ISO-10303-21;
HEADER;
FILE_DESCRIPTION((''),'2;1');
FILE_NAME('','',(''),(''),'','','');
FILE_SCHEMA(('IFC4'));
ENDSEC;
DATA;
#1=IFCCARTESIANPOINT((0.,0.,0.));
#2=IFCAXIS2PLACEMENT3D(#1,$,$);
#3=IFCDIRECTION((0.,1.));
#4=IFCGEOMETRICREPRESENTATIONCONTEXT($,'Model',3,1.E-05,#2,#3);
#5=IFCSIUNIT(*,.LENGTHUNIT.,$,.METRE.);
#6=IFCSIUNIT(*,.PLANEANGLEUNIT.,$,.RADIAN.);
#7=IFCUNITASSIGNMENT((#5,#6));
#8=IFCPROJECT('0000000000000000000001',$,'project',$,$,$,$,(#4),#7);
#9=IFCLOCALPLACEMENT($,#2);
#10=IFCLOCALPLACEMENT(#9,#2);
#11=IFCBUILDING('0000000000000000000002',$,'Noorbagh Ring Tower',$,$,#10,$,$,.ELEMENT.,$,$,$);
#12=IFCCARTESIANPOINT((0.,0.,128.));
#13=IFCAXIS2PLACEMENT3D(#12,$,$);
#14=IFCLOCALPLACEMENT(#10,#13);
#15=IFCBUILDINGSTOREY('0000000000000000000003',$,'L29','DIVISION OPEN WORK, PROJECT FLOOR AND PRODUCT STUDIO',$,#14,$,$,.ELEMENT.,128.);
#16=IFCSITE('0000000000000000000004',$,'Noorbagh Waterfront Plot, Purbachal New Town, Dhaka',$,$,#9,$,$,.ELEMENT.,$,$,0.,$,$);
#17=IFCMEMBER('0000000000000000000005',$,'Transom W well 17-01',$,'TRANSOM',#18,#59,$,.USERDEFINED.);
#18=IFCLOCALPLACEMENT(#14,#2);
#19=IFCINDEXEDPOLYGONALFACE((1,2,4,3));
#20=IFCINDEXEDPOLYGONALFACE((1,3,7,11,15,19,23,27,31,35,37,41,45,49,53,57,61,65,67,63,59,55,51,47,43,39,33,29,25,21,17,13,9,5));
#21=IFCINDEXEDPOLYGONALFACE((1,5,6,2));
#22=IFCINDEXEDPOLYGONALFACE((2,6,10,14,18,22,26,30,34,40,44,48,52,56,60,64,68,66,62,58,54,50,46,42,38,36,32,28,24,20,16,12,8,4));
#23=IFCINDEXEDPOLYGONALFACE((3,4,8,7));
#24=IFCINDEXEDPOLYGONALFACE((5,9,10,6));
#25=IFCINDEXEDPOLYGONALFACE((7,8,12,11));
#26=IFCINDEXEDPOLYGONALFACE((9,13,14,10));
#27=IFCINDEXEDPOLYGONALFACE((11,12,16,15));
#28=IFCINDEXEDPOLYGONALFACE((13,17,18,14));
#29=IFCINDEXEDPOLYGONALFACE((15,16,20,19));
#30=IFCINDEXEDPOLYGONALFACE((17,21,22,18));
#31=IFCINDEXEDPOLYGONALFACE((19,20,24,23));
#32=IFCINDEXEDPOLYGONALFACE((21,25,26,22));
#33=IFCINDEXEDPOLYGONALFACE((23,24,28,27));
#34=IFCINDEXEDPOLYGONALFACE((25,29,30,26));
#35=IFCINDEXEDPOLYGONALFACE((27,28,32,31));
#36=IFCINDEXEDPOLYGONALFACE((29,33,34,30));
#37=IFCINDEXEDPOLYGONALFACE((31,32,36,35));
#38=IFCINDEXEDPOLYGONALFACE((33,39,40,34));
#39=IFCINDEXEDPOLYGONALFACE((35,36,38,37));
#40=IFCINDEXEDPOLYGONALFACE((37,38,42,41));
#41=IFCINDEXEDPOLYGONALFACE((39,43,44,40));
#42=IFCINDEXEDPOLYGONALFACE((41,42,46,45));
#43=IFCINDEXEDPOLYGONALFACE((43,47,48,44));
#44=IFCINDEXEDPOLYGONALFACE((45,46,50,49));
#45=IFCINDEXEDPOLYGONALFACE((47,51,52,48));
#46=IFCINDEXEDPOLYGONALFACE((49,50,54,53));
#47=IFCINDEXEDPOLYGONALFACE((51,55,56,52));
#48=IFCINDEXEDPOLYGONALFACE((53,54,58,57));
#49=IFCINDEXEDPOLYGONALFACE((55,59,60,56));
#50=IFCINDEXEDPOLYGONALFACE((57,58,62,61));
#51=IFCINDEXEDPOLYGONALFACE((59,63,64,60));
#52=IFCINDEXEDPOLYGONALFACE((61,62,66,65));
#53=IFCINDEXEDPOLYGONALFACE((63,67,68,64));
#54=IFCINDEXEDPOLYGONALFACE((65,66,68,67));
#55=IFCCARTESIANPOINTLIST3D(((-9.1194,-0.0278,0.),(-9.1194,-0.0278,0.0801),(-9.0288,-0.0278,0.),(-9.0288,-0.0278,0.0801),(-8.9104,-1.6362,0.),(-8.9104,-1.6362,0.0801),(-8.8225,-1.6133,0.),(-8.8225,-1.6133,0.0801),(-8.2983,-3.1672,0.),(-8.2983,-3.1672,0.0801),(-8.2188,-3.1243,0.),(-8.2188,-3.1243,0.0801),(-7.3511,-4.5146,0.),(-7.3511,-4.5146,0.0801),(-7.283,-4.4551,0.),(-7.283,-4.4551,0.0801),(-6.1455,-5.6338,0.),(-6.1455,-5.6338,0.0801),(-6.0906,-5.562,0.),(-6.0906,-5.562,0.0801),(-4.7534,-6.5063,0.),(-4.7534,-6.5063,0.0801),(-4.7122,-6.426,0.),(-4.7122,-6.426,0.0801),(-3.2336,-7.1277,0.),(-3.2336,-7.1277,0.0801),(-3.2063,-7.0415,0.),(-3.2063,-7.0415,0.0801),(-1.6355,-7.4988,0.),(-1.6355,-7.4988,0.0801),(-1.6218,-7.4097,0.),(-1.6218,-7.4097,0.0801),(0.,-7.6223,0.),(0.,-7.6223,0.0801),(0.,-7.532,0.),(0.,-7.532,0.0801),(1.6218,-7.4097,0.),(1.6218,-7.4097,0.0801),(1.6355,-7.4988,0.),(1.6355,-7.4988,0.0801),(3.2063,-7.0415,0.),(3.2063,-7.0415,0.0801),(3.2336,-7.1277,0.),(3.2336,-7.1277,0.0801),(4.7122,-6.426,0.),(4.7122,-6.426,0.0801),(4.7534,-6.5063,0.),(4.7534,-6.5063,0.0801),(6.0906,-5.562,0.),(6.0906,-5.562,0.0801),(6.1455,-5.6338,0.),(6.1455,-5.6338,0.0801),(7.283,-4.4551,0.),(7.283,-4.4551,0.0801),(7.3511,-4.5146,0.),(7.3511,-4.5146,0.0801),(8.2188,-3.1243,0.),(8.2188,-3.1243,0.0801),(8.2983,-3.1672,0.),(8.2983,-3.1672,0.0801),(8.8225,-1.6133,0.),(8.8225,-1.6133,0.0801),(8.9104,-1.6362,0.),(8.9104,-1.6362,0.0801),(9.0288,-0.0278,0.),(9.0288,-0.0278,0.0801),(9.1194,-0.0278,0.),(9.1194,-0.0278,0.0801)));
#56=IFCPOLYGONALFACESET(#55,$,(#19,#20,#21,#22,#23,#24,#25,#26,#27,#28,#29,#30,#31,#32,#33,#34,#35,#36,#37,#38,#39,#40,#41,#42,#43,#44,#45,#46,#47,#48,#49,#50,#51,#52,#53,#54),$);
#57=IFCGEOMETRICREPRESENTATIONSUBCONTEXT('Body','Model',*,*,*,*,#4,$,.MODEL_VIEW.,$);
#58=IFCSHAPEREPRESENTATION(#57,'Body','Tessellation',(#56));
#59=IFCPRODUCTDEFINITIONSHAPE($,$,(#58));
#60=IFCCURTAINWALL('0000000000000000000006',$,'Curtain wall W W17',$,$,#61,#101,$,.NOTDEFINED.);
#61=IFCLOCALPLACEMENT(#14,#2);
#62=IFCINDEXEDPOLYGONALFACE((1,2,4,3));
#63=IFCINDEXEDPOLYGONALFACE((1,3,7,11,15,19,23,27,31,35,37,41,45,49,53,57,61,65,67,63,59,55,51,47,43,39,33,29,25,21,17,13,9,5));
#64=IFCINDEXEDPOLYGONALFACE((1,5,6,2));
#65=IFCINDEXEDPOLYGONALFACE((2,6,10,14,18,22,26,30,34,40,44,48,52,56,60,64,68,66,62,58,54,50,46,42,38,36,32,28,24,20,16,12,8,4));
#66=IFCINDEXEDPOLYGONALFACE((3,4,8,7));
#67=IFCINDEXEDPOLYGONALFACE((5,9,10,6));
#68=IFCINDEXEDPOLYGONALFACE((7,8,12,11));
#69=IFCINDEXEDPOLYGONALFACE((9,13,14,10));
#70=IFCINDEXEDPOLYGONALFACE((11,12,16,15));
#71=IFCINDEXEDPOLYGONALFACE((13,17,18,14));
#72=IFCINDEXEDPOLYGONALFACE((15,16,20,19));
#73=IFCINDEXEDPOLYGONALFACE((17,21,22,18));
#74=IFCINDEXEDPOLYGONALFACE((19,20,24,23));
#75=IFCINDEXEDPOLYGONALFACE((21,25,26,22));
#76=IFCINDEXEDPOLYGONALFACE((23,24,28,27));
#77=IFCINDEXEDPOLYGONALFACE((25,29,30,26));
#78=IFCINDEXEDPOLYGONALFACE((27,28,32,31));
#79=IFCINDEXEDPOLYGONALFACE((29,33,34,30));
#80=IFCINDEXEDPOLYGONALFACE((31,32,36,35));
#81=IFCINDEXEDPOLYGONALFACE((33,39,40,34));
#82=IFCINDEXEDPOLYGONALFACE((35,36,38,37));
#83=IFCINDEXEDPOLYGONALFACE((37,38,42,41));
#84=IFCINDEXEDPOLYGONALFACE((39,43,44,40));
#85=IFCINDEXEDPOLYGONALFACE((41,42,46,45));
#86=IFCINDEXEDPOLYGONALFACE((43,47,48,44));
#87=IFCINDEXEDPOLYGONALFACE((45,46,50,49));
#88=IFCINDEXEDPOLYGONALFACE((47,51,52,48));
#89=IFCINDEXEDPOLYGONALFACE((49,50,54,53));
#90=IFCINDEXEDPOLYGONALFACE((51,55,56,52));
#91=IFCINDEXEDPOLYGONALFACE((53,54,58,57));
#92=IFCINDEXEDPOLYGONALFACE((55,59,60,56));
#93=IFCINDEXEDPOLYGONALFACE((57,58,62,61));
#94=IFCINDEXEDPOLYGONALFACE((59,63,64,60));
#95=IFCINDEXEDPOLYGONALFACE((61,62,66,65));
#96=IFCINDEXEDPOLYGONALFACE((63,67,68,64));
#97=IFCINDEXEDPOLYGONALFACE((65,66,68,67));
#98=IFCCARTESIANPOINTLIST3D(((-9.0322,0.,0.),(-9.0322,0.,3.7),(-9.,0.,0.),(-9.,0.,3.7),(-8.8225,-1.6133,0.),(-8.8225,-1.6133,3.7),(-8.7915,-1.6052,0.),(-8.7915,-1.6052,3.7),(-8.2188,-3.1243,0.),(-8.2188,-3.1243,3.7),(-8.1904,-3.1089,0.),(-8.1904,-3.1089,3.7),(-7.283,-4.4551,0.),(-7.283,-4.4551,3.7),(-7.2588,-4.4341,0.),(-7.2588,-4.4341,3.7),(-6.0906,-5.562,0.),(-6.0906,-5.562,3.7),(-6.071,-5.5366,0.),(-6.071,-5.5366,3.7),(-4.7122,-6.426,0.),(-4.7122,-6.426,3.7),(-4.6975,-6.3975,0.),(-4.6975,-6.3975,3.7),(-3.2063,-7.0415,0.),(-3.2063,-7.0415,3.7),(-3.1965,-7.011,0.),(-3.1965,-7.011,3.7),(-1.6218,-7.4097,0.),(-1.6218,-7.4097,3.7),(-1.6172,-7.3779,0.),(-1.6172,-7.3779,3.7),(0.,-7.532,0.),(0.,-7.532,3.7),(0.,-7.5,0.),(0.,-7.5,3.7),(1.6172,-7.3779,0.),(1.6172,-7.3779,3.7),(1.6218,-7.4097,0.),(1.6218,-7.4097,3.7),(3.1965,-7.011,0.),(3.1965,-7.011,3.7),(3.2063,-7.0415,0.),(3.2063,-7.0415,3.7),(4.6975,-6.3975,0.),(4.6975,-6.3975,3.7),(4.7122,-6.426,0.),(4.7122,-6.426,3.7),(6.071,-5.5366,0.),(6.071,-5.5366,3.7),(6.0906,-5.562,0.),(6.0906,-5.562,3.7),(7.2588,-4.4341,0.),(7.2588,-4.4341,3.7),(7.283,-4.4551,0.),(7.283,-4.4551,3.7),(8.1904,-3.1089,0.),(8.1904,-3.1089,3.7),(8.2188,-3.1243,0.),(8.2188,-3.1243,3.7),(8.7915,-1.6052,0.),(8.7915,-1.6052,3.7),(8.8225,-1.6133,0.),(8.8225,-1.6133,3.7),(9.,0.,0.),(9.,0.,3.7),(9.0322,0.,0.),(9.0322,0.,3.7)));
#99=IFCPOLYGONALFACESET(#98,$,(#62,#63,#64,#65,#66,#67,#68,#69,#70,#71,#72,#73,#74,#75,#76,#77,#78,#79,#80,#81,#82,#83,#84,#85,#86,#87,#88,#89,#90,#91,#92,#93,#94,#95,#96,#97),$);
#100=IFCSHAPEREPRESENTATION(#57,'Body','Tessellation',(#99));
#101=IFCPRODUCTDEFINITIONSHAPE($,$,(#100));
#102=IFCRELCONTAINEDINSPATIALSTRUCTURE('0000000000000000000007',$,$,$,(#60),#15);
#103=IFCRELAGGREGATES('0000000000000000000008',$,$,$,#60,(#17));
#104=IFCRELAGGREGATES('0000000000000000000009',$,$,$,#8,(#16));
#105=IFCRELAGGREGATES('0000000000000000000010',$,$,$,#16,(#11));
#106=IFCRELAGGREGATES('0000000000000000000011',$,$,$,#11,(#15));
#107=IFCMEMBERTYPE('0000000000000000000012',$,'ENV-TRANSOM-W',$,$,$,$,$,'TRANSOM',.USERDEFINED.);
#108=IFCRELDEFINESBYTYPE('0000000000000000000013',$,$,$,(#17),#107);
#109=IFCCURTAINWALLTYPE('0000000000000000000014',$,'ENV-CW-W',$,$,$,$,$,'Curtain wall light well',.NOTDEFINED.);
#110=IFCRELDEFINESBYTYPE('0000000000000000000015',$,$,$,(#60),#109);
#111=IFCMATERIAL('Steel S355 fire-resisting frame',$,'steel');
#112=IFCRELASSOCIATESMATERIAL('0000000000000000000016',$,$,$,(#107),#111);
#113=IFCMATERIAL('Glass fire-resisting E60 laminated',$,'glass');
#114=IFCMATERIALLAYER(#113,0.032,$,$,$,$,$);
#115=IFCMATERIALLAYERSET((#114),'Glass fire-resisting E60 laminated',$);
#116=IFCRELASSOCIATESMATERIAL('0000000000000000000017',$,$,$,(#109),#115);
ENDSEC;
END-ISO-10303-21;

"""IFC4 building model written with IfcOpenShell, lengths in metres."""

from ifc_helpers import new_model, si_unit, direction, frame, origin, place, context, subcontext, project, spatial, polyline, outline, extrude, material, layer, layer_set, type_object, element, aggregate, save


model = new_model("IFC4")

# Units and contexts
model_context = context("Model", 3, precision=1e-05, world=origin(), true_north=direction((0.0, 1.0)))
body_context = subcontext(model_context, "Body", "Model", "MODEL_VIEW")
ifc_project = project(units=[si_unit("LENGTHUNIT", "METRE"), si_unit("PLANEANGLEUNIT", "RADIAN")], contexts=[model_context])

# Member
site_placement = place(None, origin())
building_placement = place(site_placement, origin())
storey_placement = place(building_placement, frame((0.0, 0.0, 128.0)))
ifc_material_1 = material(Name="Steel S355 fire-resisting frame", Category="steel")
member_type_1 = type_object("IfcMemberType", Name="ENV-TRANSOM-W", ElementType="TRANSOM", PredefinedType="USERDEFINED", material=ifc_material_1)
member_1_placement = place(storey_placement, origin())
member_1 = element("IfcMember", 1, at=member_1_placement, type_object=member_type_1, Name="Transom W well 17-01", ObjectType="TRANSOM", PredefinedType="USERDEFINED", context=body_context, shape_type="SweptSolid", body=[
    extrude(outline(polyline([(-9.1194, -0.0278), (-8.9104, -1.6362), (-8.2983, -3.1672), (-7.3511, -4.5146), (-6.1455, -5.6338), (-4.7534, -6.5063), (-3.2336, -7.1277), (-1.6355, -7.4988), (0.0, -7.6223), (1.6355, -7.4988), (3.2336, -7.1277), (4.7534, -6.5063), (6.1455, -5.6338), (7.3511, -4.5146), (8.2983, -3.1672), (8.9104, -1.6362), (9.1194, -0.0278), (9.0288, -0.0278), (8.8225, -1.6133), (8.2188, -3.1243), (7.283, -4.4551), (6.0906, -5.562), (4.7122, -6.426), (3.2063, -7.0415), (1.6218, -7.4097), (0.0, -7.532), (-1.6218, -7.4097), (-3.2063, -7.0415), (-4.7122, -6.426), (-6.0906, -5.562), (-7.283, -4.4551), (-8.2188, -3.1243), (-8.8225, -1.6133), (-9.0288, -0.0278), (-9.1194, -0.0278)])), origin(), (0.0, 0.0, 1.0), 0.0801),
])

# Site, building, storey
site = spatial("IfcSite", under=ifc_project, at=site_placement, Name="Noorbagh Waterfront Plot, Purbachal New Town, Dhaka", CompositionType="ELEMENT", RefElevation=0.0)
building = spatial("IfcBuilding", under=site, at=building_placement, Name="Noorbagh Ring Tower", CompositionType="ELEMENT")
storey = spatial("IfcBuildingStorey", under=building, at=storey_placement, Name="L29", Description="DIVISION OPEN WORK, PROJECT FLOOR AND PRODUCT STUDIO", CompositionType="ELEMENT", Elevation=128.0)

# Curtain wall
ifc_material_2 = material(Name="Glass fire-resisting E60 laminated", Category="glass")
ifc_layer_1 = layer(ifc_material_2, 0.032)
ifc_layer_set_1 = layer_set([ifc_layer_1], Name="Glass fire-resisting E60 laminated")
curtain_wall_type_1 = type_object("IfcCurtainWallType", Name="ENV-CW-W", ElementType="Curtain wall light well", PredefinedType="NOTDEFINED", material=ifc_layer_set_1)
curtain_wall_1_placement = place(storey_placement, origin())
curtain_wall_1 = element("IfcCurtainWall", 2, at=curtain_wall_1_placement, inside=storey, type_object=curtain_wall_type_1, Name="Curtain wall W W17", PredefinedType="NOTDEFINED", context=body_context, shape_type="SweptSolid", body=[
    extrude(outline(polyline([(-9.0322, 0.0), (-8.8225, -1.6133), (-8.2188, -3.1243), (-7.283, -4.4551), (-6.0906, -5.562), (-4.7122, -6.426), (-3.2063, -7.0415), (-1.6218, -7.4097), (0.0, -7.532), (1.6218, -7.4097), (3.2063, -7.0415), (4.7122, -6.426), (6.0906, -5.562), (7.283, -4.4551), (8.2188, -3.1243), (8.8225, -1.6133), (9.0322, 0.0), (9.0, 0.0), (8.7915, -1.6052), (8.1904, -3.1089), (7.2588, -4.4341), (6.071, -5.5366), (4.6975, -6.3975), (3.1965, -7.011), (1.6172, -7.3779), (0.0, -7.5), (-1.6172, -7.3779), (-3.1965, -7.011), (-4.6975, -6.3975), (-6.071, -5.5366), (-7.2588, -4.4341), (-8.1904, -3.1089), (-8.7915, -1.6052), (-9.0, 0.0), (-9.0322, 0.0)])), origin(), (0.0, 0.0, 1.0), 3.7),
])
aggregate(curtain_wall_1, [member_1])

save(model, "model.ifc")
